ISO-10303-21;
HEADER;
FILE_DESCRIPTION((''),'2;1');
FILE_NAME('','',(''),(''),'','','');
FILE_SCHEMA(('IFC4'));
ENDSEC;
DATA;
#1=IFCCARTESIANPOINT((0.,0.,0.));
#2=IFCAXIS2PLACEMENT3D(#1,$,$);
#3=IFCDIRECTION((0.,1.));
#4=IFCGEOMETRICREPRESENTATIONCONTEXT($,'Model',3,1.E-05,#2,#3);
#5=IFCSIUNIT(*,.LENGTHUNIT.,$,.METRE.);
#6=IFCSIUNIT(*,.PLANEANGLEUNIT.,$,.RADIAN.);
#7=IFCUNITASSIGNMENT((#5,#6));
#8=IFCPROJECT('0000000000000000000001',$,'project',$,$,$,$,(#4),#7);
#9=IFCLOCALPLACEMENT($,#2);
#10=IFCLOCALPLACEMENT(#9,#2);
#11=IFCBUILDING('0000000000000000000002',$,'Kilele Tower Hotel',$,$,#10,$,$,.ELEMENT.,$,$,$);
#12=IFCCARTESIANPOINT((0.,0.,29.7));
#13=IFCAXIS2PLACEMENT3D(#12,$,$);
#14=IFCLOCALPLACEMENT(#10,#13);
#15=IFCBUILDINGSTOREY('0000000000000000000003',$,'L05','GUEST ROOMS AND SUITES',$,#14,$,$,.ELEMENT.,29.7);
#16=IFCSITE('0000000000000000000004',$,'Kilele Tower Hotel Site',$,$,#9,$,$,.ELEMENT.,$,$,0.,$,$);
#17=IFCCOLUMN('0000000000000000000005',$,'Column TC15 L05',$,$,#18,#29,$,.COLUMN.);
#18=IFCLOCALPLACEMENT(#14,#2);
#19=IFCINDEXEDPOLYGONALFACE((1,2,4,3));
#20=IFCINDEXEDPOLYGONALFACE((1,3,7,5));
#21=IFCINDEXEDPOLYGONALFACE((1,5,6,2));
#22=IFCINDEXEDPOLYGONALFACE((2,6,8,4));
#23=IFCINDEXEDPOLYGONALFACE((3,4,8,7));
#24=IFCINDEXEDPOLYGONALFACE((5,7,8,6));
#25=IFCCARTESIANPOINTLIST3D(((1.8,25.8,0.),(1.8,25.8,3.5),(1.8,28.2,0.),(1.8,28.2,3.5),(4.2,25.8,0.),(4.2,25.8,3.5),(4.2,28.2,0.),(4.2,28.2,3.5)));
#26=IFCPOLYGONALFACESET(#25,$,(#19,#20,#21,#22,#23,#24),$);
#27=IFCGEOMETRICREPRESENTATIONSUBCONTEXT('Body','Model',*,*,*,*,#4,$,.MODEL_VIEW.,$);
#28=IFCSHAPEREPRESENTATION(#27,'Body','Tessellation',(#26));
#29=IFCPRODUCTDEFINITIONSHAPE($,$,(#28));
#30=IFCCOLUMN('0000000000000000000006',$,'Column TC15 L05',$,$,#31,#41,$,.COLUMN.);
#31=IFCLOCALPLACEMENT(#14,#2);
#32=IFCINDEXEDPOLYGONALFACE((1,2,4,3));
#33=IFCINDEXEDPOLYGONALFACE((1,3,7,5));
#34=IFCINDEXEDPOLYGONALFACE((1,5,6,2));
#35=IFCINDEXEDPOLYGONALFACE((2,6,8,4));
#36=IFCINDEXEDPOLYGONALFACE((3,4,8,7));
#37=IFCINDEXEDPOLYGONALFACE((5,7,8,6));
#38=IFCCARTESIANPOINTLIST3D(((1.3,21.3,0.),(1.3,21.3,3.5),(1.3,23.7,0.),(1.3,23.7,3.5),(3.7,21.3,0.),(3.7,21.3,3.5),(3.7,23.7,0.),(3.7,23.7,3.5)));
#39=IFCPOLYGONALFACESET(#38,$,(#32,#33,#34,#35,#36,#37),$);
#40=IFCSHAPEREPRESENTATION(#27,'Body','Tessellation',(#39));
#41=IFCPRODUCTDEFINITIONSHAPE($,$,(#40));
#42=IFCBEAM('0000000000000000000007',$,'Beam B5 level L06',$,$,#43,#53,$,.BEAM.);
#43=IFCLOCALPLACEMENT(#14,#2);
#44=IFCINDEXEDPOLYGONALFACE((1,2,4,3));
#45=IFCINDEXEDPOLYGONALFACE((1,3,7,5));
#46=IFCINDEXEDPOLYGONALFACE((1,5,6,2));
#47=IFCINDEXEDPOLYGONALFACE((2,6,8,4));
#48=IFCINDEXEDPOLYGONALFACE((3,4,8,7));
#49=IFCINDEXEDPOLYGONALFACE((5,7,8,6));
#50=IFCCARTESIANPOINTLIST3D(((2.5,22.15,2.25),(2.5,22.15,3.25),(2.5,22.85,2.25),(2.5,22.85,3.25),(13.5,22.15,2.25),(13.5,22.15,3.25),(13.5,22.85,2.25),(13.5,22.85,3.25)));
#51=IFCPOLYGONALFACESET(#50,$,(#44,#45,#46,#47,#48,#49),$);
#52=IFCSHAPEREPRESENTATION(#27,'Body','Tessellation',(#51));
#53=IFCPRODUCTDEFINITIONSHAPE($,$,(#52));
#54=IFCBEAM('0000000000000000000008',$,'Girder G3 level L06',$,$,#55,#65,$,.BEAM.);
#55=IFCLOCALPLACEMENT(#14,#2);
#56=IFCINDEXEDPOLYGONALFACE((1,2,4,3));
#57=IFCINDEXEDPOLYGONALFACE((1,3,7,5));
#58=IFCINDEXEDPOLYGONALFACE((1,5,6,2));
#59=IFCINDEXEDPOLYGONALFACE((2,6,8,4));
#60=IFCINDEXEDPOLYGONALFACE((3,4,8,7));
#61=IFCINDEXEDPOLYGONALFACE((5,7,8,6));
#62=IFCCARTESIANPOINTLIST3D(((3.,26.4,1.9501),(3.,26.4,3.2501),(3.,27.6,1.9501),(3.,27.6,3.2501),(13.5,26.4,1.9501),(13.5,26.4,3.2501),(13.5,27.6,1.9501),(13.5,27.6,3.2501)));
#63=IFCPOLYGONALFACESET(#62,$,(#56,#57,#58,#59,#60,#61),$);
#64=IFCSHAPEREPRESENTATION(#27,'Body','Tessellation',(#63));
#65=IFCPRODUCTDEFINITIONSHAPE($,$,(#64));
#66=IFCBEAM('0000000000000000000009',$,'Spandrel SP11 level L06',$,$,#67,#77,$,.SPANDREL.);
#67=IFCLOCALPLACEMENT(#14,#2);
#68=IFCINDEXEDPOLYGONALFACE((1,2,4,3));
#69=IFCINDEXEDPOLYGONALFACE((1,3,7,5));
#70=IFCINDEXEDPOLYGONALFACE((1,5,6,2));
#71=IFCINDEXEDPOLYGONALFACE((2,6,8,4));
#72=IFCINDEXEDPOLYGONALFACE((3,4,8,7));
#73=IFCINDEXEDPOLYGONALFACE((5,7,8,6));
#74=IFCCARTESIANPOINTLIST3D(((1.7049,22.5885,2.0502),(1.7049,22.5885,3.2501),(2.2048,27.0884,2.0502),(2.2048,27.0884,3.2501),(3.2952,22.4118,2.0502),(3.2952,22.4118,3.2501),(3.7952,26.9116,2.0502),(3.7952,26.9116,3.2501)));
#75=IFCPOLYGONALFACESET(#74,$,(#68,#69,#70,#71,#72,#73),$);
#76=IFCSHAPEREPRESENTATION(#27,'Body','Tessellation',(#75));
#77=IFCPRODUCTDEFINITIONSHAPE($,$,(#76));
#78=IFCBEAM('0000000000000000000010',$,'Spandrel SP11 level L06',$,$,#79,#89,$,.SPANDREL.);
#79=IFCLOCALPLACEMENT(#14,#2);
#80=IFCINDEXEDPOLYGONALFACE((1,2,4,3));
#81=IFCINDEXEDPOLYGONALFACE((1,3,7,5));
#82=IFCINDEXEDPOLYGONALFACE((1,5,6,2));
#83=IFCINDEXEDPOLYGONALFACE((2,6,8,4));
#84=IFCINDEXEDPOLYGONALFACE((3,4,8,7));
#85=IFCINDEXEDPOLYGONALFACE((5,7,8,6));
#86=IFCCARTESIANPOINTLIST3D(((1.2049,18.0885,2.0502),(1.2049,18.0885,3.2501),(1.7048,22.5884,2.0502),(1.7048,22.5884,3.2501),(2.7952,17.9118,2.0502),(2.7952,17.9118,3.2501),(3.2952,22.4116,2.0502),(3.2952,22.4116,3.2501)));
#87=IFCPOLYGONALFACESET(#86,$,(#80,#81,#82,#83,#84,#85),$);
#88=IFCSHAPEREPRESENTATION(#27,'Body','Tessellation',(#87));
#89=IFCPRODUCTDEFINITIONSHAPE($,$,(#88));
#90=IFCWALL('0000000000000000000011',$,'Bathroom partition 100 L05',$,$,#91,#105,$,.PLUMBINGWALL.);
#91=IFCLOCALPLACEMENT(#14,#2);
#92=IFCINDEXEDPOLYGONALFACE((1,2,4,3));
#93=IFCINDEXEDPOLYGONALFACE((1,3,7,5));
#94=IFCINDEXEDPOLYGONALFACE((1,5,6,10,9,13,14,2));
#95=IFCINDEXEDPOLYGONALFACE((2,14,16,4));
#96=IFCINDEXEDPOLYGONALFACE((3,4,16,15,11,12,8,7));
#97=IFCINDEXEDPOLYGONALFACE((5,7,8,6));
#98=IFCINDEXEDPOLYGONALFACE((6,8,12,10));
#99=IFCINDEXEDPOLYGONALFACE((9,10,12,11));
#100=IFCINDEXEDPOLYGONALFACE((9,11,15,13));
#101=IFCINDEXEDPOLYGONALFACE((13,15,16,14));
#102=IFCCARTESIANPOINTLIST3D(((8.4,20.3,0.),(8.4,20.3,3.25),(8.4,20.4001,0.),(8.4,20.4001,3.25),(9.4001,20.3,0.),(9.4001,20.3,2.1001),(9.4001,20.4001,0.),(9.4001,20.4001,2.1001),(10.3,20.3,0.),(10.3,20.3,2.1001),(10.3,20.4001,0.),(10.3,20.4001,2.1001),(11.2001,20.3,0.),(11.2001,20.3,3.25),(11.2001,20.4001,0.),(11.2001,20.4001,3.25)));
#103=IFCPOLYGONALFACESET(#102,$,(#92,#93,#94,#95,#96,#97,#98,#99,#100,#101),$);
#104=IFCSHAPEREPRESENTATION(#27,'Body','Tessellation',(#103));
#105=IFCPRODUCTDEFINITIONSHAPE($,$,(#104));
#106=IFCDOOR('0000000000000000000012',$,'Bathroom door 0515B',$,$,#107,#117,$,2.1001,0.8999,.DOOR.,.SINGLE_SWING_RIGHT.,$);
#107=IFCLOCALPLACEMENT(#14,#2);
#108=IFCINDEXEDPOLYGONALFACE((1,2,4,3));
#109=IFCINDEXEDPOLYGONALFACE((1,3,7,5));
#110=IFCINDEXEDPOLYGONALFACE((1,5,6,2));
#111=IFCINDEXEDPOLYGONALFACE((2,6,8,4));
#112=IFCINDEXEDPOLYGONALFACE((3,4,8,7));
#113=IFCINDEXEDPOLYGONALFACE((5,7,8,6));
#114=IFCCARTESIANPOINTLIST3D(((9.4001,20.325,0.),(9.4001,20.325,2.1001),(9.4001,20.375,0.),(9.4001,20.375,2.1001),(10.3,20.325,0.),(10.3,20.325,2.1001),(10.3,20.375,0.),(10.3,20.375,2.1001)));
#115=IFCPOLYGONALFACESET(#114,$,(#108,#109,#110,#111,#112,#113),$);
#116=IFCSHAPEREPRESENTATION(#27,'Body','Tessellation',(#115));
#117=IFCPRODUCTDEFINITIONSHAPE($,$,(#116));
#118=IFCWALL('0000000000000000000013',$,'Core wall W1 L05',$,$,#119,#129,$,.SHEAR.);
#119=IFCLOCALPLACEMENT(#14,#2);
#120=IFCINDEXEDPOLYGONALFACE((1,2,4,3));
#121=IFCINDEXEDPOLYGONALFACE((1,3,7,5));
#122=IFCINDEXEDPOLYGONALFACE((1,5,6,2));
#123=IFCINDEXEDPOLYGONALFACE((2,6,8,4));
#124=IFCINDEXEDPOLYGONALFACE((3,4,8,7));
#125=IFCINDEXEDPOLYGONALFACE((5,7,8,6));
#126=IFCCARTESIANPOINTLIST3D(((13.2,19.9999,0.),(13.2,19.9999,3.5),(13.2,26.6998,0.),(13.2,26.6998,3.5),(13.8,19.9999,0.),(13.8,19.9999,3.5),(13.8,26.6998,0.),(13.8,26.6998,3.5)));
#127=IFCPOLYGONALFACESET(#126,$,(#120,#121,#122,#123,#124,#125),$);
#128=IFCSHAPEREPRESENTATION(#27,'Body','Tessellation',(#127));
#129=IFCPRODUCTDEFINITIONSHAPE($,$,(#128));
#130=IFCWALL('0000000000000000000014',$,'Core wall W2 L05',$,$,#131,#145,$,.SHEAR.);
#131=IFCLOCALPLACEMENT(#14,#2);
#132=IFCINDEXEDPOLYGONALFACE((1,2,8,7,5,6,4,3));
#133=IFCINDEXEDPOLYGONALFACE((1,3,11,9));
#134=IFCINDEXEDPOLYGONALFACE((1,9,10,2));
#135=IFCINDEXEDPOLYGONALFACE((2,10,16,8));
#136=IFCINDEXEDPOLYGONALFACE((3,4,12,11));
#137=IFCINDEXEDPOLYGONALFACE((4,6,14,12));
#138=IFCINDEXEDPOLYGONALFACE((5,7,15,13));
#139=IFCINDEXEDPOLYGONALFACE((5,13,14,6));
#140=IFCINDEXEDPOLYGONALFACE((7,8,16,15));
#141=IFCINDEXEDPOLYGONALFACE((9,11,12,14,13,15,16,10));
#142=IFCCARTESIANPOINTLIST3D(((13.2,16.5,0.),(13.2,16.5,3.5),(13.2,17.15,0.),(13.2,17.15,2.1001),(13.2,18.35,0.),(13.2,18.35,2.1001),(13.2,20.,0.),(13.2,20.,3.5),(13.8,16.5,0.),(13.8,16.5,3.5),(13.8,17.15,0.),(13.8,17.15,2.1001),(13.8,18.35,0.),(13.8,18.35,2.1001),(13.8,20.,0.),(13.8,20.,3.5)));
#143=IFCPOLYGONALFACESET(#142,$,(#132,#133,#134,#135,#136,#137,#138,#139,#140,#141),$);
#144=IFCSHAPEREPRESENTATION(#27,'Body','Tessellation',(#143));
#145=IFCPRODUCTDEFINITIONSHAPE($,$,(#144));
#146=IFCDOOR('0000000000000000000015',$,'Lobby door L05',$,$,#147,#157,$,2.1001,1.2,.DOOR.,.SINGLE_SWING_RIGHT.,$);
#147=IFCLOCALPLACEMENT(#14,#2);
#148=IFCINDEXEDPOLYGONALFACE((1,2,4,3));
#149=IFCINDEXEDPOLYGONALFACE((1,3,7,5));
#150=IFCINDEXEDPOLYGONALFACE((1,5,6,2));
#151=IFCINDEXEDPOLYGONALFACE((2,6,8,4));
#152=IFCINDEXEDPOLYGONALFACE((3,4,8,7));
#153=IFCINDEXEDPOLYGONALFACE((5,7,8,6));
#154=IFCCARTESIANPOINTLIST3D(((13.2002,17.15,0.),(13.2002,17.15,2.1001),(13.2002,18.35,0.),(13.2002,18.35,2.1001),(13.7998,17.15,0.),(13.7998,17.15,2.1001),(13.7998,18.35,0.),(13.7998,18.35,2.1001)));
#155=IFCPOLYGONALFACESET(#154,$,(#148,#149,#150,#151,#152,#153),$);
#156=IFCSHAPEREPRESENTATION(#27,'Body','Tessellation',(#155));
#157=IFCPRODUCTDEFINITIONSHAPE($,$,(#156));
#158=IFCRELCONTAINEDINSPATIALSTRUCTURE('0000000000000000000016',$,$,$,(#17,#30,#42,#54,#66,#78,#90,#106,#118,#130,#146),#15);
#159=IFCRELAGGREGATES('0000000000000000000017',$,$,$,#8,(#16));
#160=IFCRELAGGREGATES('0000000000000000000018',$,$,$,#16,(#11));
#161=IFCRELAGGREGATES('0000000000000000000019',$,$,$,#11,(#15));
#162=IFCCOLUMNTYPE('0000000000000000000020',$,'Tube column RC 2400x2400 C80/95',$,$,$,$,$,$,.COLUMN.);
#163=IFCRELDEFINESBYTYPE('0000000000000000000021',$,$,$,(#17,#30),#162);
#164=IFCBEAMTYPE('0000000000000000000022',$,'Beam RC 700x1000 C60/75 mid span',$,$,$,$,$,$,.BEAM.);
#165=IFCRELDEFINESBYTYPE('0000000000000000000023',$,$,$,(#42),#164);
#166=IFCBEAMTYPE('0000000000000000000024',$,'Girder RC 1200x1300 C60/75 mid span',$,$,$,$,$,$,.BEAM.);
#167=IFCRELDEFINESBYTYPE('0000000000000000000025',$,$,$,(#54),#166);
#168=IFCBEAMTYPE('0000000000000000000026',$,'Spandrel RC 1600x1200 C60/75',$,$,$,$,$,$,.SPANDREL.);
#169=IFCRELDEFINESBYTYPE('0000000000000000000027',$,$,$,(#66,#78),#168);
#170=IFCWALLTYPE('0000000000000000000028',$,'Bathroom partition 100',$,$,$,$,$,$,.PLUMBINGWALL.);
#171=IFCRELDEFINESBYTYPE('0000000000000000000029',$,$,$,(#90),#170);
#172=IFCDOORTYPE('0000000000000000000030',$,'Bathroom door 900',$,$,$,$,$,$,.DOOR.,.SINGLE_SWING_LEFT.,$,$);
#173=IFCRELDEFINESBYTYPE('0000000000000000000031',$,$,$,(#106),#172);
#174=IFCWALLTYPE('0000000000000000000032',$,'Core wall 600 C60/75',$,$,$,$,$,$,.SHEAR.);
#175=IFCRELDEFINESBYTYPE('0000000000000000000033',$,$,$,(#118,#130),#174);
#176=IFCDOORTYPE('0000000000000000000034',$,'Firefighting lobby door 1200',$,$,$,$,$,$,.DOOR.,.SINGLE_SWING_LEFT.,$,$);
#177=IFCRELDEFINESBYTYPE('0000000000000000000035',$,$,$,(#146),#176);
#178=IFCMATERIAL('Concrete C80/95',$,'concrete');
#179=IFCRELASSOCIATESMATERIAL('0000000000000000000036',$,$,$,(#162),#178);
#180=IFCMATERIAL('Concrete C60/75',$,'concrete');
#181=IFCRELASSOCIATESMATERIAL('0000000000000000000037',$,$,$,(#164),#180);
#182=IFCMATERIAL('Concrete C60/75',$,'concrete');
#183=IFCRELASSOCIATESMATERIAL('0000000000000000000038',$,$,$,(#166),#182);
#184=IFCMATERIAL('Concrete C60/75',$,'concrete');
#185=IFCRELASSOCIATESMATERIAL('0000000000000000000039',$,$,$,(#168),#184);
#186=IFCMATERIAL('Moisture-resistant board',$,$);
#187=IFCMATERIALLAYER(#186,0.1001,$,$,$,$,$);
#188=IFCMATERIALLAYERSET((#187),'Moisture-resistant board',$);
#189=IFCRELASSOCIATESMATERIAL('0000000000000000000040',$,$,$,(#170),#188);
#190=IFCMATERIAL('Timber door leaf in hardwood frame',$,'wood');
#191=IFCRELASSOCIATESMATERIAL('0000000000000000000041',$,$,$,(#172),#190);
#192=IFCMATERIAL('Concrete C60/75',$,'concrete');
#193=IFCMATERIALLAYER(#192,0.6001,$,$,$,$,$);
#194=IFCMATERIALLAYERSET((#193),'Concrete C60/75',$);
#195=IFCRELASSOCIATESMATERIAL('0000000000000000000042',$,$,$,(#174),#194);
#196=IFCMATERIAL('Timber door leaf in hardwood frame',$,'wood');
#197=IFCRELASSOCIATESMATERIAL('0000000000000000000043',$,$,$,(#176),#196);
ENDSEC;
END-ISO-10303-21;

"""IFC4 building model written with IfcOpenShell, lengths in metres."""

from ifc_helpers import new_model, si_unit, direction, frame, frame_2d, origin, origin_2d, place, context, subcontext, project, spatial, rectangle, extrude, material, layer, layer_set, material_profile, profile_set, type_object, element, fill, save


model = new_model("IFC4")

# Units and contexts
model_context = context("Model", 3, precision=1e-05, world=origin(), true_north=direction((0.0, 1.0)))
body_context = subcontext(model_context, "Body", "Model", "MODEL_VIEW")
ifc_project = project(units=[si_unit("LENGTHUNIT", "METRE"), si_unit("PLANEANGLEUNIT", "RADIAN")], contexts=[model_context])

# Site, building, storey
site_placement = place(None, origin())
site = spatial("IfcSite", under=ifc_project, at=site_placement, Name="Kilele Tower Hotel Site", CompositionType="ELEMENT", RefElevation=0.0)
building_placement = place(site_placement, origin())
building = spatial("IfcBuilding", under=site, at=building_placement, Name="Kilele Tower Hotel", CompositionType="ELEMENT")
storey_placement = place(building_placement, frame((0.0, 0.0, 29.7)))
storey = spatial("IfcBuildingStorey", under=building, at=storey_placement, Name="L05", Description="GUEST ROOMS AND SUITES", CompositionType="ELEMENT", Elevation=29.7)

# Columns
ifc_material_1 = material(Name="Concrete C80/95", Category="concrete")
ifc_material_profile_1 = material_profile(ifc_material_1, rectangle(XDim=2.3999, YDim=2.3999, at=origin_2d()))
ifc_profile_set_1 = profile_set([ifc_material_profile_1], Name="Concrete C80/95")
column_type = type_object("IfcColumnType", Name="Tube column RC 2400x2400 C80/95", PredefinedType="COLUMN", material=ifc_profile_set_1)
for number, where, z_axis, x_axis, name in (
    (1, (3.0, 27.0, 0.0), (0.0, 0.0, 1.0), (1.0, 0.0, 0.0), "Column TC15 L05"),
    (2, (2.5, 22.5, 0.0), (0.0, 0.0, 1.0), (1.0, 0.0, 0.0), "Column TC15 L05"),
):
    element("IfcColumn", number, at=place(storey_placement, frame(where, z_axis=z_axis, x_axis=x_axis)), inside=storey, type_object=column_type, Name=name, PredefinedType="COLUMN", context=body_context, shape_type="SweptSolid", body=[
        extrude(rectangle(XDim=2.3999, YDim=2.3999, at=origin_2d()), origin(), (0.0, 0.0, 1.0), 3.5),
    ])

# Beams
ifc_material_2 = material(Name="Concrete C60/75", Category="concrete")
ifc_material_profile_2 = material_profile(ifc_material_2, rectangle(XDim=0.7, YDim=1.0, at=origin_2d()))
ifc_profile_set_2 = profile_set([ifc_material_profile_2], Name="Concrete C60/75")
beam_type_1 = type_object("IfcBeamType", Name="Beam RC 700x1000 C60/75 mid span", PredefinedType="BEAM", material=ifc_profile_set_2)
beam_1_placement = place(storey_placement, frame((2.5, 22.5, 2.75), z_axis=(1.0, 0.0, 0.0), x_axis=(0.0, 1.0, 0.0)))
element("IfcBeam", 3, at=beam_1_placement, inside=storey, type_object=beam_type_1, Name="Beam B5 level L06", PredefinedType="BEAM", context=body_context, shape_type="SweptSolid", body=[
    extrude(rectangle(XDim=0.7, YDim=1.0, at=origin_2d()), origin(), (0.0, 0.0, 1.0), 11.0),
])
ifc_material_3 = material(Name="Concrete C60/75", Category="concrete")
ifc_material_profile_3 = material_profile(ifc_material_3, rectangle(XDim=1.2, YDim=1.3, at=origin_2d()))
ifc_profile_set_3 = profile_set([ifc_material_profile_3], Name="Concrete C60/75")
beam_type_2 = type_object("IfcBeamType", Name="Girder RC 1200x1300 C60/75 mid span", PredefinedType="BEAM", material=ifc_profile_set_3)
beam_2_placement = place(storey_placement, frame((3.0, 27.0, 2.6001), z_axis=(1.0, 0.0, 0.0), x_axis=(0.0, 1.0, 0.0)))
element("IfcBeam", 4, at=beam_2_placement, inside=storey, type_object=beam_type_2, Name="Girder G3 level L06", PredefinedType="BEAM", context=body_context, shape_type="SweptSolid", body=[
    extrude(rectangle(XDim=1.2, YDim=1.3, at=origin_2d()), origin(), (0.0, 0.0, 1.0), 10.5),
])
ifc_material_4 = material(Name="Concrete C60/75", Category="concrete")
ifc_material_profile_4 = material_profile(ifc_material_4, rectangle(XDim=1.6001, YDim=1.2, at=origin_2d()))
ifc_profile_set_4 = profile_set([ifc_material_profile_4], Name="Concrete C60/75")
beam_type_3 = type_object("IfcBeamType", Name="Spandrel RC 1600x1200 C60/75", PredefinedType="SPANDREL", material=ifc_profile_set_4)
for number, where, z_axis, x_axis, name in (
    (5, (3.0, 27.0, 2.6501), (-0.110432, -0.993884, 0.0), (0.993884, -0.110432, 0.0), "Spandrel SP11 level L06"),
    (6, (2.5, 22.5, 2.6501), (-0.110432, -0.993884, 0.0), (0.993884, -0.110432, 0.0), "Spandrel SP11 level L06"),
):
    element("IfcBeam", number, at=place(storey_placement, frame(where, z_axis=z_axis, x_axis=x_axis)), inside=storey, type_object=beam_type_3, Name=name, PredefinedType="SPANDREL", context=body_context, shape_type="SweptSolid", body=[
        extrude(rectangle(XDim=1.6001, YDim=1.2, at=origin_2d()), origin(), (0.0, 0.0, 1.0), 4.5276),
    ])

# Wall, opening, door
ifc_material_5 = material(Name="Moisture-resistant board")
ifc_layer_1 = layer(ifc_material_5, 0.1001)
ifc_layer_set_1 = layer_set([ifc_layer_1], Name="Moisture-resistant board")
wall_type_1 = type_object("IfcWallType", Name="Bathroom partition 100", PredefinedType="PLUMBINGWALL", material=ifc_layer_set_1)
wall_1_placement = place(storey_placement, frame((11.2, 20.3501, 0.0), z_axis=(0.0, 0.0, 1.0), x_axis=(-1.0, 0.0, 0.0)))
wall_1 = element("IfcWall", 7, at=wall_1_placement, inside=storey, type_object=wall_type_1, Name="Bathroom partition 100 L05", PredefinedType="PLUMBINGWALL", context=body_context, shape_type="SweptSolid", body=[
    extrude(rectangle(XDim=2.8, YDim=0.1001, at=frame_2d((1.3999, 0.0))), origin(), (0.0, 0.0, 1.0), 3.25),
])
opening_1_placement = place(wall_1_placement, frame((1.7998, 0.0, 0.0), z_axis=(0.0, 0.0, 1.0), x_axis=(-1.0, 0.0, 0.0)))
opening_1 = element("IfcOpeningElement", 8, at=opening_1_placement, cuts=wall_1, PredefinedType="OPENING", context=body_context, shape_type="SweptSolid", body=[
    extrude(rectangle(XDim=0.8999, YDim=2.1001, at=frame_2d((0.45, 1.05))), frame((0.0, 0.0601, 0.0), z_axis=(0.0, -1.0, 0.0), x_axis=(1.0, 0.0, 0.0)), (0.0, 0.0, 1.0), 0.1201),
])
ifc_material_6 = material(Name="Timber door leaf in hardwood frame", Category="wood")
door_type_1 = type_object("IfcDoorType", Name="Bathroom door 900", OperationType="SINGLE_SWING_LEFT", PredefinedType="DOOR", material=ifc_material_6)
door_1_placement = place(opening_1_placement, origin())
door_1 = element("IfcDoor", 9, at=door_1_placement, inside=storey, type_object=door_type_1, Name="Bathroom door 0515B", OperationType="SINGLE_SWING_RIGHT", OverallHeight=2.1001, OverallWidth=0.8999, PredefinedType="DOOR", context=body_context, shape_type="SweptSolid", body=[
    extrude(rectangle(XDim=0.8999, YDim=2.1001, at=frame_2d((0.45, 1.05))), frame((0.0, 0.0249, 0.0), z_axis=(0.0, -1.0, 0.0), x_axis=(1.0, 0.0, 0.0)), (0.0, 0.0, 1.0), 0.05),
])
fill(opening_1, door_1)

# Wall
ifc_material_7 = material(Name="Concrete C60/75", Category="concrete")
ifc_layer_2 = layer(ifc_material_7, 0.6001)
ifc_layer_set_2 = layer_set([ifc_layer_2], Name="Concrete C60/75")
wall_type_2 = type_object("IfcWallType", Name="Core wall 600 C60/75", PredefinedType="SHEAR", material=ifc_layer_set_2)
wall_2_placement = place(storey_placement, frame((13.5, 26.7, 0.0), z_axis=(0.0, 0.0, 1.0), x_axis=(0.0, -1.0, 0.0)))
element("IfcWall", 10, at=wall_2_placement, inside=storey, type_object=wall_type_2, Name="Core wall W1 L05", PredefinedType="SHEAR", context=body_context, shape_type="SweptSolid", body=[
    extrude(rectangle(XDim=6.7, YDim=0.6001, at=frame_2d((3.3501, 0.0))), origin(), (0.0, 0.0, 1.0), 3.5),
])

# Wall, opening, door
wall_3_placement = place(storey_placement, frame((13.5, 20.0, 0.0), z_axis=(0.0, 0.0, 1.0), x_axis=(0.0, -1.0, 0.0)))
wall_3 = element("IfcWall", 11, at=wall_3_placement, inside=storey, type_object=wall_type_2, Name="Core wall W2 L05", PredefinedType="SHEAR", context=body_context, shape_type="SweptSolid", body=[
    extrude(rectangle(XDim=3.5, YDim=0.6001, at=frame_2d((1.75, 0.0))), origin(), (0.0, 0.0, 1.0), 3.5),
])
opening_2_placement = place(wall_3_placement, frame((1.6499, 0.0, 0.0)))
opening_2 = element("IfcOpeningElement", 12, at=opening_2_placement, cuts=wall_3, PredefinedType="OPENING", context=body_context, shape_type="SweptSolid", body=[
    extrude(rectangle(XDim=1.2, YDim=2.1001, at=frame_2d((0.6001, 1.05))), frame((0.0, 0.3101, 0.0), z_axis=(0.0, -1.0, 0.0), x_axis=(1.0, 0.0, 0.0)), (0.0, 0.0, 1.0), 0.6201),
])
ifc_material_8 = material(Name="Timber door leaf in hardwood frame", Category="wood")
door_type_2 = type_object("IfcDoorType", Name="Firefighting lobby door 1200", OperationType="SINGLE_SWING_LEFT", PredefinedType="DOOR", material=ifc_material_8)
door_2_placement = place(opening_2_placement, origin())
door_2 = element("IfcDoor", 13, at=door_2_placement, inside=storey, type_object=door_type_2, Name="Lobby door L05", OperationType="SINGLE_SWING_RIGHT", OverallHeight=2.1001, OverallWidth=1.2, PredefinedType="DOOR", context=body_context, shape_type="SweptSolid", body=[
    extrude(rectangle(XDim=1.2, YDim=2.1001, at=frame_2d((0.6001, 1.05))), frame((0.0, 0.2998, 0.0), z_axis=(0.0, -1.0, 0.0), x_axis=(1.0, 0.0, 0.0)), (0.0, 0.0, 1.0), 0.5996),
])
fill(opening_2, door_2)

save(model, "model.ifc")
